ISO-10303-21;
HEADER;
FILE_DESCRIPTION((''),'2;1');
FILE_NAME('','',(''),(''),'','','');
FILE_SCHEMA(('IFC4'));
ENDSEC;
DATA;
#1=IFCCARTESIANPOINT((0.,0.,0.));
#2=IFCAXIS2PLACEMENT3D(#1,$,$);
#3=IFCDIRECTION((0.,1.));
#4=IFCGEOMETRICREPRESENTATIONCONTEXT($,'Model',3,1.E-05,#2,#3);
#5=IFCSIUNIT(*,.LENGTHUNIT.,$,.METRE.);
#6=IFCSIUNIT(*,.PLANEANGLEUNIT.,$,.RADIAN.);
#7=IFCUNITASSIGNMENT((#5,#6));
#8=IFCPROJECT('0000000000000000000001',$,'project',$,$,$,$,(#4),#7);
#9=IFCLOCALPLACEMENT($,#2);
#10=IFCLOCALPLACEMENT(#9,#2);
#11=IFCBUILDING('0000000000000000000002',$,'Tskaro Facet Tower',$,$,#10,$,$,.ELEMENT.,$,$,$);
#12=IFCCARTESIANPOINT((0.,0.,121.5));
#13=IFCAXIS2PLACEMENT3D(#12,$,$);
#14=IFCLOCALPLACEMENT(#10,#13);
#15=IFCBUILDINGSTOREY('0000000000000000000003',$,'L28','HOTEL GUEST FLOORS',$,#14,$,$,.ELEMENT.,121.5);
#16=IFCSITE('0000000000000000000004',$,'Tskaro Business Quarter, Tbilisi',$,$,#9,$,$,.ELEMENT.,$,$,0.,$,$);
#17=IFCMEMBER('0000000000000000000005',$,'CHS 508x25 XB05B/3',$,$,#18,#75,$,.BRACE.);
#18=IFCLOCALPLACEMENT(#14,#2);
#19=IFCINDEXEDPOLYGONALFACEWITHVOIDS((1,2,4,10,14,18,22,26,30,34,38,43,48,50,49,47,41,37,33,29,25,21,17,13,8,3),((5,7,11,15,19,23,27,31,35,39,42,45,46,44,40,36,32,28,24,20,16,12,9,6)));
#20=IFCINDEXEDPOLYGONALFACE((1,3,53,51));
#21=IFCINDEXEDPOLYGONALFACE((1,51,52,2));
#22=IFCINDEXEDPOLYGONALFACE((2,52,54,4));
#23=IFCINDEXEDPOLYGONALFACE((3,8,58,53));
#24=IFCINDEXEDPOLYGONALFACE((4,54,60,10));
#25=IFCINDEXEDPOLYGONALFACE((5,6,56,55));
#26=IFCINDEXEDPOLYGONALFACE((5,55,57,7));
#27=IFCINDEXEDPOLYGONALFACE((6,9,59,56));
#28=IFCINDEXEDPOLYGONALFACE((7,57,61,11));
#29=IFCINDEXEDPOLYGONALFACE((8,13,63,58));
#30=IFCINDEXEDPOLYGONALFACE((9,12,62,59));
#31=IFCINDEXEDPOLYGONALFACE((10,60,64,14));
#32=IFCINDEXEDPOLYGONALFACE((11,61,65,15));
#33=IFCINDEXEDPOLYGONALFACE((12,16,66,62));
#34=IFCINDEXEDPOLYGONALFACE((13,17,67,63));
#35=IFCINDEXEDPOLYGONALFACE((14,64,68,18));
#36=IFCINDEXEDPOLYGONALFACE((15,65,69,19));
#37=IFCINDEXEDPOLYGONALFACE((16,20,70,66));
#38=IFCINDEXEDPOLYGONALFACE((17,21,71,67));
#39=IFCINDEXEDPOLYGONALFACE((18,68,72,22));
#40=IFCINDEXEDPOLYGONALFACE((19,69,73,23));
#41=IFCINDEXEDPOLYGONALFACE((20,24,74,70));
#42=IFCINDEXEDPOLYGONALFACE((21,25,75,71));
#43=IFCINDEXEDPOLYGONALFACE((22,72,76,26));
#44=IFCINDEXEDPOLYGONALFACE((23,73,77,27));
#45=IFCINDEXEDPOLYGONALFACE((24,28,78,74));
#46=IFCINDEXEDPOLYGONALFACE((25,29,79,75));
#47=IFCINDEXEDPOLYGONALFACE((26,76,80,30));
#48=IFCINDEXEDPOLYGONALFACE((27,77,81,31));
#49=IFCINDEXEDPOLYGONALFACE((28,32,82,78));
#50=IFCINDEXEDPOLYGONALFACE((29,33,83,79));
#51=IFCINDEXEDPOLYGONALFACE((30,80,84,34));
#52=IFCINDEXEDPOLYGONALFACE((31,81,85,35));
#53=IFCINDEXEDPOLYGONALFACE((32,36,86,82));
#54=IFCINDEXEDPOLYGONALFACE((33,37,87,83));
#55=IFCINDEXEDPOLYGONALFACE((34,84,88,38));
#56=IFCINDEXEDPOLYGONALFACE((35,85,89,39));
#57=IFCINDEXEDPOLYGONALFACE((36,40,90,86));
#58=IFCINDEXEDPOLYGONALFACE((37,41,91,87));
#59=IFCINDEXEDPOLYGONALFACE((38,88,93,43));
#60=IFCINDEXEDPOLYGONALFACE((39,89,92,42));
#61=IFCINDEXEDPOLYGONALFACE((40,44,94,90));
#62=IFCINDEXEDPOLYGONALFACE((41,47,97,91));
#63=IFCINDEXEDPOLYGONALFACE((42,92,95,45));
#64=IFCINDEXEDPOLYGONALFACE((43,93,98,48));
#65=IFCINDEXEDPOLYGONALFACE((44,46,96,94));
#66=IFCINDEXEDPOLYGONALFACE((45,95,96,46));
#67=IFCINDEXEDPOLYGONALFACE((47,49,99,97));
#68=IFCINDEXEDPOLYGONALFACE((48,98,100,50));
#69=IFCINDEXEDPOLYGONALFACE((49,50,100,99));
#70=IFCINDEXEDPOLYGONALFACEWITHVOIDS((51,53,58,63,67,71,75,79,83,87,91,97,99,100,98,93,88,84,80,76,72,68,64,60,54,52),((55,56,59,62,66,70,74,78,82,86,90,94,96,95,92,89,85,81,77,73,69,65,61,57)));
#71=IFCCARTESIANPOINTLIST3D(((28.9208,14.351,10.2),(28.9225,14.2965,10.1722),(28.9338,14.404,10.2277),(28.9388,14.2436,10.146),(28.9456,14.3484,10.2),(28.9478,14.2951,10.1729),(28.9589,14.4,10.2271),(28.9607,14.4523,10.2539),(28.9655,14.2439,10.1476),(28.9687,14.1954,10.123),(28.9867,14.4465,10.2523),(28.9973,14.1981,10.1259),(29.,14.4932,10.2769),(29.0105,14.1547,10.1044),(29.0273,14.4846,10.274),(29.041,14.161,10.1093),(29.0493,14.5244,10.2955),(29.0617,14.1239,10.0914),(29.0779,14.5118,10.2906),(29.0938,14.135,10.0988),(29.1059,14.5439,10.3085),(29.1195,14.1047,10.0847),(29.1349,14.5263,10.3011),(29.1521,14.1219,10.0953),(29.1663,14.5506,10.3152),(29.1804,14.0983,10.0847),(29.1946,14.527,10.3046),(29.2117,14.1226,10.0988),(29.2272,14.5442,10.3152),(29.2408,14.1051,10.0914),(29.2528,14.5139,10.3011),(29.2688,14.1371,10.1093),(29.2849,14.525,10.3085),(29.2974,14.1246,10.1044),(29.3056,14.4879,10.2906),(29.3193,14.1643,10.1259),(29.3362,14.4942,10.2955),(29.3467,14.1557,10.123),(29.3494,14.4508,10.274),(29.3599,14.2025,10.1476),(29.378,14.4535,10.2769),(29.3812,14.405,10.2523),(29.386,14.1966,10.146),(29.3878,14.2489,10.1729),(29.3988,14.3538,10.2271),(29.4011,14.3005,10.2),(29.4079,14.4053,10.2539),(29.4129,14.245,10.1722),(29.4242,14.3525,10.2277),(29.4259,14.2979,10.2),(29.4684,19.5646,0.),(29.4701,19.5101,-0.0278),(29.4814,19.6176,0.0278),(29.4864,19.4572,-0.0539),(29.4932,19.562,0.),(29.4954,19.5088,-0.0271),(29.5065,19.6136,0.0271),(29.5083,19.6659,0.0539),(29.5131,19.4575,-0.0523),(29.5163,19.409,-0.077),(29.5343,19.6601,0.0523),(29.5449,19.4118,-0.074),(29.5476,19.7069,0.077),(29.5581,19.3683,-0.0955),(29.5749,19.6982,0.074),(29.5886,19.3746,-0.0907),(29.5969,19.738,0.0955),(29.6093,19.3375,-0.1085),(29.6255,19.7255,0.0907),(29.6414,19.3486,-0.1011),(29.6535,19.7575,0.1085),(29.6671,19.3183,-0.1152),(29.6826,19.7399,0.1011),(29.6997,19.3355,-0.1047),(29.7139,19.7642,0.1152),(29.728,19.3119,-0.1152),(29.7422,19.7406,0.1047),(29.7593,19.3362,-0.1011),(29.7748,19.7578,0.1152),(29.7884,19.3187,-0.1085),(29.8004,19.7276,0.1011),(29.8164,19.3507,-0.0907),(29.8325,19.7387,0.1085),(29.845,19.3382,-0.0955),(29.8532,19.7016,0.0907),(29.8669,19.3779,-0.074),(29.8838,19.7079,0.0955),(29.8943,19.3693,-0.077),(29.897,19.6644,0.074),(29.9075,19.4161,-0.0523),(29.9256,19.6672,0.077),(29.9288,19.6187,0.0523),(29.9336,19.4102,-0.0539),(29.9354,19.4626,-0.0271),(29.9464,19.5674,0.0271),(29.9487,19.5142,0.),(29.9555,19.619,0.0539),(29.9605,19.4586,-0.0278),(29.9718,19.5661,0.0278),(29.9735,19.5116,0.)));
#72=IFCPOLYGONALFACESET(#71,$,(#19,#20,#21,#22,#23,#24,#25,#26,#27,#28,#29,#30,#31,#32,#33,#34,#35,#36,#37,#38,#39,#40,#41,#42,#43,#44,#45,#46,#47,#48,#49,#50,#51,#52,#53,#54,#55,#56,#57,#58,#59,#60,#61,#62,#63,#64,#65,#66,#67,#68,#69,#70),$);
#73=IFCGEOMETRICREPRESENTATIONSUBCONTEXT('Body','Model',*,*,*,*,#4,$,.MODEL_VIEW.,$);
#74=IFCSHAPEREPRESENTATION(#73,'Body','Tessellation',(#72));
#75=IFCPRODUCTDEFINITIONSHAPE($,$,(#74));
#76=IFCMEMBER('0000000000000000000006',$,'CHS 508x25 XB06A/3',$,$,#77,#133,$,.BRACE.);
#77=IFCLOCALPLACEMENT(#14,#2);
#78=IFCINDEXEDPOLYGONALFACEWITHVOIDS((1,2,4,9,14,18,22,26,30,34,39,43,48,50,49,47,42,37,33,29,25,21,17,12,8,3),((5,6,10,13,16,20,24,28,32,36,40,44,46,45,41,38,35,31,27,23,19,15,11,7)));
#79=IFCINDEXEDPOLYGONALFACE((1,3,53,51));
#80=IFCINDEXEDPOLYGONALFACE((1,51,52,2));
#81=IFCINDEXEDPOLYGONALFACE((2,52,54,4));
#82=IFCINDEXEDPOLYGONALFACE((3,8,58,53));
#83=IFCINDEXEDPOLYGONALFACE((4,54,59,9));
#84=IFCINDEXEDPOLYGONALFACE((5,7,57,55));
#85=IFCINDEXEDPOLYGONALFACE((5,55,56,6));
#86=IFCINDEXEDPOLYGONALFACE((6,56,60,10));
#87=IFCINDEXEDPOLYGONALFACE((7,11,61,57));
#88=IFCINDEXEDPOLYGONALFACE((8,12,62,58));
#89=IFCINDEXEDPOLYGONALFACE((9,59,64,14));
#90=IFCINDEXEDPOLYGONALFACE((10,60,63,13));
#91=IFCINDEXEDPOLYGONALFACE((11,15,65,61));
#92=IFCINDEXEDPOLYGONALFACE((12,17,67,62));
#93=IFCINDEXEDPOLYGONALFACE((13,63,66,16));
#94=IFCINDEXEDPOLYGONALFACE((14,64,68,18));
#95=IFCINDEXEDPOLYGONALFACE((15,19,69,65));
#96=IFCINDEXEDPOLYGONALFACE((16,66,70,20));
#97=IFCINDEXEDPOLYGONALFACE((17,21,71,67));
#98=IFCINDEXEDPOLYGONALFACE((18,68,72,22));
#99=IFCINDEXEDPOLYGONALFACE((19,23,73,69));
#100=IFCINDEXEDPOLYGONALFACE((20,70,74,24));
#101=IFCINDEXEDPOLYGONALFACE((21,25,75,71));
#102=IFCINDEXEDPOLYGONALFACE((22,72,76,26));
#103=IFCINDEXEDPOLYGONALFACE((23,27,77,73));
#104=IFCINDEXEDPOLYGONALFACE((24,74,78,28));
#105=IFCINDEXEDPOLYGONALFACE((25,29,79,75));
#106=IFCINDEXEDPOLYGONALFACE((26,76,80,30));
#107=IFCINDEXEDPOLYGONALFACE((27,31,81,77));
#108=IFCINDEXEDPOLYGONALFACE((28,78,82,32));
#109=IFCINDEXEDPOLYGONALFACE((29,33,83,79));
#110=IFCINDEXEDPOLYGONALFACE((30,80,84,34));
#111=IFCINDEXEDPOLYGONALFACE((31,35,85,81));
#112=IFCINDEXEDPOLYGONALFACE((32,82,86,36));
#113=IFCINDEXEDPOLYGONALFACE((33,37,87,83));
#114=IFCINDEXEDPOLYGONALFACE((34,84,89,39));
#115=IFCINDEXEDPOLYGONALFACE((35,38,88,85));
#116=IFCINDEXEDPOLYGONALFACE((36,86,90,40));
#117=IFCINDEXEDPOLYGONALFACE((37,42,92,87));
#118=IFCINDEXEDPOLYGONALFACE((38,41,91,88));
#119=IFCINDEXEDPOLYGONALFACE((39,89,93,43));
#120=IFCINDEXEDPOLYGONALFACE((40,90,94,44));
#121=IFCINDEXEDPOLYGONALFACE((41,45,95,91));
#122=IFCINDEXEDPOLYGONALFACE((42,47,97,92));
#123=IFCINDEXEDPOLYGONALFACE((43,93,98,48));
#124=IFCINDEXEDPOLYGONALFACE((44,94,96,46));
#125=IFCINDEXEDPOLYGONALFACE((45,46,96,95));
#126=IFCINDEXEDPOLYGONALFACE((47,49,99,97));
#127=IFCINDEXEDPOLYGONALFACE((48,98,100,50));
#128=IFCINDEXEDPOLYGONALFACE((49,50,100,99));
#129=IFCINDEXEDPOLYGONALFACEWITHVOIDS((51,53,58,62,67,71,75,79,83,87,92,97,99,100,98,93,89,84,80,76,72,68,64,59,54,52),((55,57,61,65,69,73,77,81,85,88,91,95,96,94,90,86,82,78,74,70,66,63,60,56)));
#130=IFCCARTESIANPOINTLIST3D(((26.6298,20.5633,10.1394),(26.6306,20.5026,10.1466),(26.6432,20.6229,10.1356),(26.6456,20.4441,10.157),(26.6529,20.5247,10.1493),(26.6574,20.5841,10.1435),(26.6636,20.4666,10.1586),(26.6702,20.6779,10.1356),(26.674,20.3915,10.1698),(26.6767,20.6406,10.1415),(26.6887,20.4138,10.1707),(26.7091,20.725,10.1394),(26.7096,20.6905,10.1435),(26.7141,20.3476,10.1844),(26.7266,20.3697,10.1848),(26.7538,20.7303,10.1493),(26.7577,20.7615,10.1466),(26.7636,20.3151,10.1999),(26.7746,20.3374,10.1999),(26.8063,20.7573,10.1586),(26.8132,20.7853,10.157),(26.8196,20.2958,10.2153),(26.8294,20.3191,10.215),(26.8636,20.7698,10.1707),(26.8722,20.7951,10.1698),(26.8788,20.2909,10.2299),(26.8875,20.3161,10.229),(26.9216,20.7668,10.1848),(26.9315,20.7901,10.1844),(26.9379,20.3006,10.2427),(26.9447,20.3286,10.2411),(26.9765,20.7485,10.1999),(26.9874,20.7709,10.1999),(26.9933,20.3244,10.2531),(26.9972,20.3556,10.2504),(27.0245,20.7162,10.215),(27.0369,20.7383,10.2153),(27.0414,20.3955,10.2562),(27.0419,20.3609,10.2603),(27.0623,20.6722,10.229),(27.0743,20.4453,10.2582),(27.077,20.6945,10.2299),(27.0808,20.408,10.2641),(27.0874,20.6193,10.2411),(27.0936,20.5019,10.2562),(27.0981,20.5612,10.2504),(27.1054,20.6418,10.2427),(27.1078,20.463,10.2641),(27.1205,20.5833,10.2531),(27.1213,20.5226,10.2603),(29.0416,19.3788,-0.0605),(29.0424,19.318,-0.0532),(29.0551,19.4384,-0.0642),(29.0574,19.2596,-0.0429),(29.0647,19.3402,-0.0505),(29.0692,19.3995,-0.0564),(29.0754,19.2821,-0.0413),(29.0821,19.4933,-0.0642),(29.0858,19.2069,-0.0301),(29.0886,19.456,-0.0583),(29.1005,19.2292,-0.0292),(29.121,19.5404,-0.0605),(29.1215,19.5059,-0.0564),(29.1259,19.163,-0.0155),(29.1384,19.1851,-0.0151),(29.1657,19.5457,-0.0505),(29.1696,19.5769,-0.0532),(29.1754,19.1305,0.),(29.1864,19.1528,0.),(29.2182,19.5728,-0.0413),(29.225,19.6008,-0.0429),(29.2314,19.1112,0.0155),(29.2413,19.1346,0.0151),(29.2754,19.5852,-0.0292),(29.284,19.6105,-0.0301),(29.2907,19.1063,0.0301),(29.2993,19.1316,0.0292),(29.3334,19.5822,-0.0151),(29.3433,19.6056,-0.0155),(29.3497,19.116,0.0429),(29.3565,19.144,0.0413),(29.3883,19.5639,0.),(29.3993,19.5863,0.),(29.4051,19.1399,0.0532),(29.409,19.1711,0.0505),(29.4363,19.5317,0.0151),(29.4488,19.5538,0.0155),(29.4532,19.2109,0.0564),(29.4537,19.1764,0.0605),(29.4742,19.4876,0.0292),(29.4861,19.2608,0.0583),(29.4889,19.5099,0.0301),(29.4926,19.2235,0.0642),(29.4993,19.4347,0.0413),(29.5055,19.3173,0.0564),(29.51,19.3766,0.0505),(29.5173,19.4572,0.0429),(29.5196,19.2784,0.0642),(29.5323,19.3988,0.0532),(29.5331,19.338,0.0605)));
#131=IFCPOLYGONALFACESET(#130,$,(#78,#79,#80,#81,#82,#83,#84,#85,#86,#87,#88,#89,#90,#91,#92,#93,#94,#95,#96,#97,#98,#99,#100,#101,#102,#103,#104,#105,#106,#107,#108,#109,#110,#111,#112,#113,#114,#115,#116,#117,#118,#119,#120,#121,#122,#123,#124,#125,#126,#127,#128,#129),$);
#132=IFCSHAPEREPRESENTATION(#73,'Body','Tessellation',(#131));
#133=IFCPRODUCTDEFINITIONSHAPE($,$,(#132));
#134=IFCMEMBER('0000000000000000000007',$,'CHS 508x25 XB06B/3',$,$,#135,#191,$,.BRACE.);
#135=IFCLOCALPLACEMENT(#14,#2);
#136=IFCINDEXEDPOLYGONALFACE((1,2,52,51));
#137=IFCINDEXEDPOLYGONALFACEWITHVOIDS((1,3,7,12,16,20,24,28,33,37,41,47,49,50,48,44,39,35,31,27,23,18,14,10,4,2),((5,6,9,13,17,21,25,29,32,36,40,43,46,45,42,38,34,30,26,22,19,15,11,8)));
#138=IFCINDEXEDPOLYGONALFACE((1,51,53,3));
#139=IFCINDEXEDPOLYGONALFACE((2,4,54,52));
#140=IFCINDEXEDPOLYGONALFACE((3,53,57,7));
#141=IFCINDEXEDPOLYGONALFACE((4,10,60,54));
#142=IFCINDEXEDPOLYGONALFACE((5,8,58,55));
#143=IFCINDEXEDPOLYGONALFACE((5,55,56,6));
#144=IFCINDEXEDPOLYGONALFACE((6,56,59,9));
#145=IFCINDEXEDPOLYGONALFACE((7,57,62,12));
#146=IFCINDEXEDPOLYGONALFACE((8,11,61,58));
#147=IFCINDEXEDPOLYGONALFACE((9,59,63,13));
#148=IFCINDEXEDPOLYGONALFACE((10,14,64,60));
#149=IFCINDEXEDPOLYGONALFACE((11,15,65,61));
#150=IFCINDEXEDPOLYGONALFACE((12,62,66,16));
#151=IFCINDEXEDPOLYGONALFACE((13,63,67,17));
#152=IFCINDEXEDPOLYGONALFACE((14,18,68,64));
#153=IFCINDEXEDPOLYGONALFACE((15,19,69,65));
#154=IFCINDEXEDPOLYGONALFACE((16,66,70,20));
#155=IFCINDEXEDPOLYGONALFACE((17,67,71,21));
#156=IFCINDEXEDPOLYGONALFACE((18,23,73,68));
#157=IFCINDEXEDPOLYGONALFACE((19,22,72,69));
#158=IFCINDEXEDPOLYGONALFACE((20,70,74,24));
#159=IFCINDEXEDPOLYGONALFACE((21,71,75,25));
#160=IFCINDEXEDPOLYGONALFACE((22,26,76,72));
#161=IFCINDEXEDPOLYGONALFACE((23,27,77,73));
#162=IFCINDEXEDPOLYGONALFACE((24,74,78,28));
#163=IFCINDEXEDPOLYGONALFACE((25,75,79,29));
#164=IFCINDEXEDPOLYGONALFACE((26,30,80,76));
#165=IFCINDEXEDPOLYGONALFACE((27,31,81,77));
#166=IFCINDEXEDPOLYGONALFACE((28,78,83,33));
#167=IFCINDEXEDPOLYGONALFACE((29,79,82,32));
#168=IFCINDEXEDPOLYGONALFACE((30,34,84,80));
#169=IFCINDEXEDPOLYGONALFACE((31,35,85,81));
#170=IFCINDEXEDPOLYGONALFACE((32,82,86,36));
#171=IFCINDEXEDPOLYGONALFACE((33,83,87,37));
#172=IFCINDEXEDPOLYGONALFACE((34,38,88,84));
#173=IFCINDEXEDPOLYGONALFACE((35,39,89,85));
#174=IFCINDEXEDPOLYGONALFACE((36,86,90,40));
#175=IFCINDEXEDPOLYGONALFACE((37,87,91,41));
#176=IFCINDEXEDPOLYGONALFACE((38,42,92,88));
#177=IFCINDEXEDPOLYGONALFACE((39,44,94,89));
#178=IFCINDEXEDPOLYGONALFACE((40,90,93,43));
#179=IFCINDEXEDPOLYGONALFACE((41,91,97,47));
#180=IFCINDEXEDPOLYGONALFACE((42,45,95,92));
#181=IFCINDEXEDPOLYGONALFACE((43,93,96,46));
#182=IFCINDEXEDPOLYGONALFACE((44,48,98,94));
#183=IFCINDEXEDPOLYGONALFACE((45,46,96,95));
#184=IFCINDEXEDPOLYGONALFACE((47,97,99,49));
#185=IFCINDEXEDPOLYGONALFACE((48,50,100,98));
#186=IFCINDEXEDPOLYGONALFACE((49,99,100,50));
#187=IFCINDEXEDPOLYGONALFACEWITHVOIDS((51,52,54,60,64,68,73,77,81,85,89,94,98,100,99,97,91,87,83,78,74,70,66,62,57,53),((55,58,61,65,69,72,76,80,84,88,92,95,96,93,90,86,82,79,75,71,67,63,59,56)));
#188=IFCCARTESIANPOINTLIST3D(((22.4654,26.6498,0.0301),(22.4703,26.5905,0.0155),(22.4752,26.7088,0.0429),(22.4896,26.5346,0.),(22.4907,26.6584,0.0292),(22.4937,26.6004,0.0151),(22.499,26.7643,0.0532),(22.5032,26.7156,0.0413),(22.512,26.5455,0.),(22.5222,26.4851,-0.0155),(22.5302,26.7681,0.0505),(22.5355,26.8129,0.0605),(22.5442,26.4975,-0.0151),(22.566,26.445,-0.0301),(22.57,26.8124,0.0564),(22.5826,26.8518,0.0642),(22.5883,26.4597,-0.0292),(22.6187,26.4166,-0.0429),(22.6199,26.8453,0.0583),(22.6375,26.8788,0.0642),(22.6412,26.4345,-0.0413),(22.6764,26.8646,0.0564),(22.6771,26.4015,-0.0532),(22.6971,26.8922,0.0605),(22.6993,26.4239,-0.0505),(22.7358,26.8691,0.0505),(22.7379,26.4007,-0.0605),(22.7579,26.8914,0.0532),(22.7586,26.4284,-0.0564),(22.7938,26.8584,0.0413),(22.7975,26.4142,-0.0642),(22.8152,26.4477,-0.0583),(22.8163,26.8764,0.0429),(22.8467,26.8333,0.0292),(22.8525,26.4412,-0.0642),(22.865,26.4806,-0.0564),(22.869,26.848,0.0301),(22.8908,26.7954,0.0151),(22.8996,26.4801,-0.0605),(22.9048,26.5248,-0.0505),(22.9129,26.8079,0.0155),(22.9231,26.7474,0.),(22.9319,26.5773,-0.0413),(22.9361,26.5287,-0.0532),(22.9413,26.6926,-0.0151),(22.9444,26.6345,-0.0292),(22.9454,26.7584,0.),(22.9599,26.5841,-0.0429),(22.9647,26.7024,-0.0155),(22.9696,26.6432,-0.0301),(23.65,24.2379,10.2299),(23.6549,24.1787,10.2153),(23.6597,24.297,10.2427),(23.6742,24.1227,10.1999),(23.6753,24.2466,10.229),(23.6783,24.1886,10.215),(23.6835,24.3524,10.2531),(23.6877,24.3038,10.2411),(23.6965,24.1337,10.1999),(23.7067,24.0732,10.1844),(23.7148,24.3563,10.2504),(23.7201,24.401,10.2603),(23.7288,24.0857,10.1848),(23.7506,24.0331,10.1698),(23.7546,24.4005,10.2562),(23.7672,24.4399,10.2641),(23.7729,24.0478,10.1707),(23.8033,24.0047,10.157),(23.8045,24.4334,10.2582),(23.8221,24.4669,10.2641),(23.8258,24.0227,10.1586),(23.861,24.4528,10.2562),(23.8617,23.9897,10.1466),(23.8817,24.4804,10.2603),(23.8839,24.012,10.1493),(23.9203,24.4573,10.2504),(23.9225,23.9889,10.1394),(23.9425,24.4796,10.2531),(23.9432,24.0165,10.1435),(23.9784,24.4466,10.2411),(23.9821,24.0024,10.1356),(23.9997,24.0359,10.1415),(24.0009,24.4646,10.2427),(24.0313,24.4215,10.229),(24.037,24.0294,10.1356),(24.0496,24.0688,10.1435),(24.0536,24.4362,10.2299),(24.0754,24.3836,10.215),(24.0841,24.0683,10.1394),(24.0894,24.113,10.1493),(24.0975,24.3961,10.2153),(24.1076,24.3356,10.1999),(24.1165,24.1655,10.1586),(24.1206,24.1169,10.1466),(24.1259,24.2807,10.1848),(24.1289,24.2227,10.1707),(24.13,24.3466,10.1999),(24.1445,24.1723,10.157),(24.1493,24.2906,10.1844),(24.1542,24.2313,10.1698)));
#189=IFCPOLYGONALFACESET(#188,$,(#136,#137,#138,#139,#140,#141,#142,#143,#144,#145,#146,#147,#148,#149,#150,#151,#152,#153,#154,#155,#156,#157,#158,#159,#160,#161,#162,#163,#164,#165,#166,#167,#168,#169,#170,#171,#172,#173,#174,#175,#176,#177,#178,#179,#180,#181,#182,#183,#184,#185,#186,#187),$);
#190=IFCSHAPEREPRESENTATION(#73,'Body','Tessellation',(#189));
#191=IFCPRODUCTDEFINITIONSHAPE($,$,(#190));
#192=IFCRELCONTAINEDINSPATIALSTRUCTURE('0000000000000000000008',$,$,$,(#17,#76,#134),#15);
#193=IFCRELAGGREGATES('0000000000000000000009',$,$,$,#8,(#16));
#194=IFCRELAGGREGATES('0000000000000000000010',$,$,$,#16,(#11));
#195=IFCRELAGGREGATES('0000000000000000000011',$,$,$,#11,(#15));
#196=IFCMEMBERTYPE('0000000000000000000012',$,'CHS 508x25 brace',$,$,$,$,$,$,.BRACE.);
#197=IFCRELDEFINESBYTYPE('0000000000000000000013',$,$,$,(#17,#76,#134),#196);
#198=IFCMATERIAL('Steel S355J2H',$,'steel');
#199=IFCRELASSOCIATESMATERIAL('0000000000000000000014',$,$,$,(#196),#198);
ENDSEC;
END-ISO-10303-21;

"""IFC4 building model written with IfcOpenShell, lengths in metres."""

from ifc_helpers import new_model, si_unit, direction, frame, origin, origin_2d, place, context, subcontext, project, spatial, hollow_circle, extrude, material, material_profile, profile_set, type_object, element, save


model = new_model("IFC4")

# Units and contexts
model_context = context("Model", 3, precision=1e-05, world=origin(), true_north=direction((0.0, 1.0)))
body_context = subcontext(model_context, "Body", "Model", "MODEL_VIEW")
ifc_project = project(units=[si_unit("LENGTHUNIT", "METRE"), si_unit("PLANEANGLEUNIT", "RADIAN")], contexts=[model_context])

# Site, building, storey
site_placement = place(None, origin())
site = spatial("IfcSite", under=ifc_project, at=site_placement, Name="Tskaro Business Quarter, Tbilisi", CompositionType="ELEMENT", RefElevation=0.0)
building_placement = place(site_placement, origin())
building = spatial("IfcBuilding", under=site, at=building_placement, Name="Tskaro Facet Tower", CompositionType="ELEMENT")
storey_placement = place(building_placement, frame((0.0, 0.0, 121.5)))
storey = spatial("IfcBuildingStorey", under=building, at=storey_placement, Name="L28", Description="HOTEL GUEST FLOORS", CompositionType="ELEMENT", Elevation=121.5)

# Shared definitions
ifc_material_1 = material(Name="Steel S355J2H", Category="steel")

# Members
ifc_material_profile_1 = material_profile(ifc_material_1, hollow_circle(Radius=0.2539, WallThickness=0.0249, at=origin_2d()), Name="CHS 508x25")
ifc_profile_set_1 = profile_set([ifc_material_profile_1], Name="Steel S355J2H")
member_type_1 = type_object("IfcMemberType", Name="CHS 508x25 brace", PredefinedType="BRACE", material=ifc_profile_set_1)
member_1_placement = place(storey_placement, frame((29.7209, 19.5381, 0.0), z_axis=(-0.04775, -0.454614, 0.889408), x_axis=(0.994529, -0.104459, 0.0)))
element("IfcMember", 1, at=member_1_placement, inside=storey, type_object=member_type_1, Name="CHS 508x25 XB05B/3", PredefinedType="BRACE", context=body_context, shape_type="SweptSolid", body=[
    extrude(hollow_circle(Radius=0.2539, WallThickness=0.0249, at=origin_2d()), origin(), (0.0, 0.0, 1.0), 11.4683),
])
for number, where, z_axis, x_axis, name in (
    (2, (29.2874, 19.3584, 0.0), (-0.228657, 0.112303, 0.967008), (-0.440842, -0.897585, 0.0), "CHS 508x25 XB06A/3"),
    (3, (22.7175, 26.6465, 0.0), (0.112303, -0.228657, 0.967008), (0.897585, 0.440842, 0.0), "CHS 508x25 XB06B/3"),
):
    element("IfcMember", number, at=place(storey_placement, frame(where, z_axis=z_axis, x_axis=x_axis)), inside=storey, type_object=member_type_1, Name=name, PredefinedType="BRACE", context=body_context, shape_type="SweptSolid", body=[
        extrude(hollow_circle(Radius=0.2539, WallThickness=0.0249, at=origin_2d()), origin(), (0.0, 0.0, 1.0), 10.5479),
    ])

save(model, "model.ifc")
